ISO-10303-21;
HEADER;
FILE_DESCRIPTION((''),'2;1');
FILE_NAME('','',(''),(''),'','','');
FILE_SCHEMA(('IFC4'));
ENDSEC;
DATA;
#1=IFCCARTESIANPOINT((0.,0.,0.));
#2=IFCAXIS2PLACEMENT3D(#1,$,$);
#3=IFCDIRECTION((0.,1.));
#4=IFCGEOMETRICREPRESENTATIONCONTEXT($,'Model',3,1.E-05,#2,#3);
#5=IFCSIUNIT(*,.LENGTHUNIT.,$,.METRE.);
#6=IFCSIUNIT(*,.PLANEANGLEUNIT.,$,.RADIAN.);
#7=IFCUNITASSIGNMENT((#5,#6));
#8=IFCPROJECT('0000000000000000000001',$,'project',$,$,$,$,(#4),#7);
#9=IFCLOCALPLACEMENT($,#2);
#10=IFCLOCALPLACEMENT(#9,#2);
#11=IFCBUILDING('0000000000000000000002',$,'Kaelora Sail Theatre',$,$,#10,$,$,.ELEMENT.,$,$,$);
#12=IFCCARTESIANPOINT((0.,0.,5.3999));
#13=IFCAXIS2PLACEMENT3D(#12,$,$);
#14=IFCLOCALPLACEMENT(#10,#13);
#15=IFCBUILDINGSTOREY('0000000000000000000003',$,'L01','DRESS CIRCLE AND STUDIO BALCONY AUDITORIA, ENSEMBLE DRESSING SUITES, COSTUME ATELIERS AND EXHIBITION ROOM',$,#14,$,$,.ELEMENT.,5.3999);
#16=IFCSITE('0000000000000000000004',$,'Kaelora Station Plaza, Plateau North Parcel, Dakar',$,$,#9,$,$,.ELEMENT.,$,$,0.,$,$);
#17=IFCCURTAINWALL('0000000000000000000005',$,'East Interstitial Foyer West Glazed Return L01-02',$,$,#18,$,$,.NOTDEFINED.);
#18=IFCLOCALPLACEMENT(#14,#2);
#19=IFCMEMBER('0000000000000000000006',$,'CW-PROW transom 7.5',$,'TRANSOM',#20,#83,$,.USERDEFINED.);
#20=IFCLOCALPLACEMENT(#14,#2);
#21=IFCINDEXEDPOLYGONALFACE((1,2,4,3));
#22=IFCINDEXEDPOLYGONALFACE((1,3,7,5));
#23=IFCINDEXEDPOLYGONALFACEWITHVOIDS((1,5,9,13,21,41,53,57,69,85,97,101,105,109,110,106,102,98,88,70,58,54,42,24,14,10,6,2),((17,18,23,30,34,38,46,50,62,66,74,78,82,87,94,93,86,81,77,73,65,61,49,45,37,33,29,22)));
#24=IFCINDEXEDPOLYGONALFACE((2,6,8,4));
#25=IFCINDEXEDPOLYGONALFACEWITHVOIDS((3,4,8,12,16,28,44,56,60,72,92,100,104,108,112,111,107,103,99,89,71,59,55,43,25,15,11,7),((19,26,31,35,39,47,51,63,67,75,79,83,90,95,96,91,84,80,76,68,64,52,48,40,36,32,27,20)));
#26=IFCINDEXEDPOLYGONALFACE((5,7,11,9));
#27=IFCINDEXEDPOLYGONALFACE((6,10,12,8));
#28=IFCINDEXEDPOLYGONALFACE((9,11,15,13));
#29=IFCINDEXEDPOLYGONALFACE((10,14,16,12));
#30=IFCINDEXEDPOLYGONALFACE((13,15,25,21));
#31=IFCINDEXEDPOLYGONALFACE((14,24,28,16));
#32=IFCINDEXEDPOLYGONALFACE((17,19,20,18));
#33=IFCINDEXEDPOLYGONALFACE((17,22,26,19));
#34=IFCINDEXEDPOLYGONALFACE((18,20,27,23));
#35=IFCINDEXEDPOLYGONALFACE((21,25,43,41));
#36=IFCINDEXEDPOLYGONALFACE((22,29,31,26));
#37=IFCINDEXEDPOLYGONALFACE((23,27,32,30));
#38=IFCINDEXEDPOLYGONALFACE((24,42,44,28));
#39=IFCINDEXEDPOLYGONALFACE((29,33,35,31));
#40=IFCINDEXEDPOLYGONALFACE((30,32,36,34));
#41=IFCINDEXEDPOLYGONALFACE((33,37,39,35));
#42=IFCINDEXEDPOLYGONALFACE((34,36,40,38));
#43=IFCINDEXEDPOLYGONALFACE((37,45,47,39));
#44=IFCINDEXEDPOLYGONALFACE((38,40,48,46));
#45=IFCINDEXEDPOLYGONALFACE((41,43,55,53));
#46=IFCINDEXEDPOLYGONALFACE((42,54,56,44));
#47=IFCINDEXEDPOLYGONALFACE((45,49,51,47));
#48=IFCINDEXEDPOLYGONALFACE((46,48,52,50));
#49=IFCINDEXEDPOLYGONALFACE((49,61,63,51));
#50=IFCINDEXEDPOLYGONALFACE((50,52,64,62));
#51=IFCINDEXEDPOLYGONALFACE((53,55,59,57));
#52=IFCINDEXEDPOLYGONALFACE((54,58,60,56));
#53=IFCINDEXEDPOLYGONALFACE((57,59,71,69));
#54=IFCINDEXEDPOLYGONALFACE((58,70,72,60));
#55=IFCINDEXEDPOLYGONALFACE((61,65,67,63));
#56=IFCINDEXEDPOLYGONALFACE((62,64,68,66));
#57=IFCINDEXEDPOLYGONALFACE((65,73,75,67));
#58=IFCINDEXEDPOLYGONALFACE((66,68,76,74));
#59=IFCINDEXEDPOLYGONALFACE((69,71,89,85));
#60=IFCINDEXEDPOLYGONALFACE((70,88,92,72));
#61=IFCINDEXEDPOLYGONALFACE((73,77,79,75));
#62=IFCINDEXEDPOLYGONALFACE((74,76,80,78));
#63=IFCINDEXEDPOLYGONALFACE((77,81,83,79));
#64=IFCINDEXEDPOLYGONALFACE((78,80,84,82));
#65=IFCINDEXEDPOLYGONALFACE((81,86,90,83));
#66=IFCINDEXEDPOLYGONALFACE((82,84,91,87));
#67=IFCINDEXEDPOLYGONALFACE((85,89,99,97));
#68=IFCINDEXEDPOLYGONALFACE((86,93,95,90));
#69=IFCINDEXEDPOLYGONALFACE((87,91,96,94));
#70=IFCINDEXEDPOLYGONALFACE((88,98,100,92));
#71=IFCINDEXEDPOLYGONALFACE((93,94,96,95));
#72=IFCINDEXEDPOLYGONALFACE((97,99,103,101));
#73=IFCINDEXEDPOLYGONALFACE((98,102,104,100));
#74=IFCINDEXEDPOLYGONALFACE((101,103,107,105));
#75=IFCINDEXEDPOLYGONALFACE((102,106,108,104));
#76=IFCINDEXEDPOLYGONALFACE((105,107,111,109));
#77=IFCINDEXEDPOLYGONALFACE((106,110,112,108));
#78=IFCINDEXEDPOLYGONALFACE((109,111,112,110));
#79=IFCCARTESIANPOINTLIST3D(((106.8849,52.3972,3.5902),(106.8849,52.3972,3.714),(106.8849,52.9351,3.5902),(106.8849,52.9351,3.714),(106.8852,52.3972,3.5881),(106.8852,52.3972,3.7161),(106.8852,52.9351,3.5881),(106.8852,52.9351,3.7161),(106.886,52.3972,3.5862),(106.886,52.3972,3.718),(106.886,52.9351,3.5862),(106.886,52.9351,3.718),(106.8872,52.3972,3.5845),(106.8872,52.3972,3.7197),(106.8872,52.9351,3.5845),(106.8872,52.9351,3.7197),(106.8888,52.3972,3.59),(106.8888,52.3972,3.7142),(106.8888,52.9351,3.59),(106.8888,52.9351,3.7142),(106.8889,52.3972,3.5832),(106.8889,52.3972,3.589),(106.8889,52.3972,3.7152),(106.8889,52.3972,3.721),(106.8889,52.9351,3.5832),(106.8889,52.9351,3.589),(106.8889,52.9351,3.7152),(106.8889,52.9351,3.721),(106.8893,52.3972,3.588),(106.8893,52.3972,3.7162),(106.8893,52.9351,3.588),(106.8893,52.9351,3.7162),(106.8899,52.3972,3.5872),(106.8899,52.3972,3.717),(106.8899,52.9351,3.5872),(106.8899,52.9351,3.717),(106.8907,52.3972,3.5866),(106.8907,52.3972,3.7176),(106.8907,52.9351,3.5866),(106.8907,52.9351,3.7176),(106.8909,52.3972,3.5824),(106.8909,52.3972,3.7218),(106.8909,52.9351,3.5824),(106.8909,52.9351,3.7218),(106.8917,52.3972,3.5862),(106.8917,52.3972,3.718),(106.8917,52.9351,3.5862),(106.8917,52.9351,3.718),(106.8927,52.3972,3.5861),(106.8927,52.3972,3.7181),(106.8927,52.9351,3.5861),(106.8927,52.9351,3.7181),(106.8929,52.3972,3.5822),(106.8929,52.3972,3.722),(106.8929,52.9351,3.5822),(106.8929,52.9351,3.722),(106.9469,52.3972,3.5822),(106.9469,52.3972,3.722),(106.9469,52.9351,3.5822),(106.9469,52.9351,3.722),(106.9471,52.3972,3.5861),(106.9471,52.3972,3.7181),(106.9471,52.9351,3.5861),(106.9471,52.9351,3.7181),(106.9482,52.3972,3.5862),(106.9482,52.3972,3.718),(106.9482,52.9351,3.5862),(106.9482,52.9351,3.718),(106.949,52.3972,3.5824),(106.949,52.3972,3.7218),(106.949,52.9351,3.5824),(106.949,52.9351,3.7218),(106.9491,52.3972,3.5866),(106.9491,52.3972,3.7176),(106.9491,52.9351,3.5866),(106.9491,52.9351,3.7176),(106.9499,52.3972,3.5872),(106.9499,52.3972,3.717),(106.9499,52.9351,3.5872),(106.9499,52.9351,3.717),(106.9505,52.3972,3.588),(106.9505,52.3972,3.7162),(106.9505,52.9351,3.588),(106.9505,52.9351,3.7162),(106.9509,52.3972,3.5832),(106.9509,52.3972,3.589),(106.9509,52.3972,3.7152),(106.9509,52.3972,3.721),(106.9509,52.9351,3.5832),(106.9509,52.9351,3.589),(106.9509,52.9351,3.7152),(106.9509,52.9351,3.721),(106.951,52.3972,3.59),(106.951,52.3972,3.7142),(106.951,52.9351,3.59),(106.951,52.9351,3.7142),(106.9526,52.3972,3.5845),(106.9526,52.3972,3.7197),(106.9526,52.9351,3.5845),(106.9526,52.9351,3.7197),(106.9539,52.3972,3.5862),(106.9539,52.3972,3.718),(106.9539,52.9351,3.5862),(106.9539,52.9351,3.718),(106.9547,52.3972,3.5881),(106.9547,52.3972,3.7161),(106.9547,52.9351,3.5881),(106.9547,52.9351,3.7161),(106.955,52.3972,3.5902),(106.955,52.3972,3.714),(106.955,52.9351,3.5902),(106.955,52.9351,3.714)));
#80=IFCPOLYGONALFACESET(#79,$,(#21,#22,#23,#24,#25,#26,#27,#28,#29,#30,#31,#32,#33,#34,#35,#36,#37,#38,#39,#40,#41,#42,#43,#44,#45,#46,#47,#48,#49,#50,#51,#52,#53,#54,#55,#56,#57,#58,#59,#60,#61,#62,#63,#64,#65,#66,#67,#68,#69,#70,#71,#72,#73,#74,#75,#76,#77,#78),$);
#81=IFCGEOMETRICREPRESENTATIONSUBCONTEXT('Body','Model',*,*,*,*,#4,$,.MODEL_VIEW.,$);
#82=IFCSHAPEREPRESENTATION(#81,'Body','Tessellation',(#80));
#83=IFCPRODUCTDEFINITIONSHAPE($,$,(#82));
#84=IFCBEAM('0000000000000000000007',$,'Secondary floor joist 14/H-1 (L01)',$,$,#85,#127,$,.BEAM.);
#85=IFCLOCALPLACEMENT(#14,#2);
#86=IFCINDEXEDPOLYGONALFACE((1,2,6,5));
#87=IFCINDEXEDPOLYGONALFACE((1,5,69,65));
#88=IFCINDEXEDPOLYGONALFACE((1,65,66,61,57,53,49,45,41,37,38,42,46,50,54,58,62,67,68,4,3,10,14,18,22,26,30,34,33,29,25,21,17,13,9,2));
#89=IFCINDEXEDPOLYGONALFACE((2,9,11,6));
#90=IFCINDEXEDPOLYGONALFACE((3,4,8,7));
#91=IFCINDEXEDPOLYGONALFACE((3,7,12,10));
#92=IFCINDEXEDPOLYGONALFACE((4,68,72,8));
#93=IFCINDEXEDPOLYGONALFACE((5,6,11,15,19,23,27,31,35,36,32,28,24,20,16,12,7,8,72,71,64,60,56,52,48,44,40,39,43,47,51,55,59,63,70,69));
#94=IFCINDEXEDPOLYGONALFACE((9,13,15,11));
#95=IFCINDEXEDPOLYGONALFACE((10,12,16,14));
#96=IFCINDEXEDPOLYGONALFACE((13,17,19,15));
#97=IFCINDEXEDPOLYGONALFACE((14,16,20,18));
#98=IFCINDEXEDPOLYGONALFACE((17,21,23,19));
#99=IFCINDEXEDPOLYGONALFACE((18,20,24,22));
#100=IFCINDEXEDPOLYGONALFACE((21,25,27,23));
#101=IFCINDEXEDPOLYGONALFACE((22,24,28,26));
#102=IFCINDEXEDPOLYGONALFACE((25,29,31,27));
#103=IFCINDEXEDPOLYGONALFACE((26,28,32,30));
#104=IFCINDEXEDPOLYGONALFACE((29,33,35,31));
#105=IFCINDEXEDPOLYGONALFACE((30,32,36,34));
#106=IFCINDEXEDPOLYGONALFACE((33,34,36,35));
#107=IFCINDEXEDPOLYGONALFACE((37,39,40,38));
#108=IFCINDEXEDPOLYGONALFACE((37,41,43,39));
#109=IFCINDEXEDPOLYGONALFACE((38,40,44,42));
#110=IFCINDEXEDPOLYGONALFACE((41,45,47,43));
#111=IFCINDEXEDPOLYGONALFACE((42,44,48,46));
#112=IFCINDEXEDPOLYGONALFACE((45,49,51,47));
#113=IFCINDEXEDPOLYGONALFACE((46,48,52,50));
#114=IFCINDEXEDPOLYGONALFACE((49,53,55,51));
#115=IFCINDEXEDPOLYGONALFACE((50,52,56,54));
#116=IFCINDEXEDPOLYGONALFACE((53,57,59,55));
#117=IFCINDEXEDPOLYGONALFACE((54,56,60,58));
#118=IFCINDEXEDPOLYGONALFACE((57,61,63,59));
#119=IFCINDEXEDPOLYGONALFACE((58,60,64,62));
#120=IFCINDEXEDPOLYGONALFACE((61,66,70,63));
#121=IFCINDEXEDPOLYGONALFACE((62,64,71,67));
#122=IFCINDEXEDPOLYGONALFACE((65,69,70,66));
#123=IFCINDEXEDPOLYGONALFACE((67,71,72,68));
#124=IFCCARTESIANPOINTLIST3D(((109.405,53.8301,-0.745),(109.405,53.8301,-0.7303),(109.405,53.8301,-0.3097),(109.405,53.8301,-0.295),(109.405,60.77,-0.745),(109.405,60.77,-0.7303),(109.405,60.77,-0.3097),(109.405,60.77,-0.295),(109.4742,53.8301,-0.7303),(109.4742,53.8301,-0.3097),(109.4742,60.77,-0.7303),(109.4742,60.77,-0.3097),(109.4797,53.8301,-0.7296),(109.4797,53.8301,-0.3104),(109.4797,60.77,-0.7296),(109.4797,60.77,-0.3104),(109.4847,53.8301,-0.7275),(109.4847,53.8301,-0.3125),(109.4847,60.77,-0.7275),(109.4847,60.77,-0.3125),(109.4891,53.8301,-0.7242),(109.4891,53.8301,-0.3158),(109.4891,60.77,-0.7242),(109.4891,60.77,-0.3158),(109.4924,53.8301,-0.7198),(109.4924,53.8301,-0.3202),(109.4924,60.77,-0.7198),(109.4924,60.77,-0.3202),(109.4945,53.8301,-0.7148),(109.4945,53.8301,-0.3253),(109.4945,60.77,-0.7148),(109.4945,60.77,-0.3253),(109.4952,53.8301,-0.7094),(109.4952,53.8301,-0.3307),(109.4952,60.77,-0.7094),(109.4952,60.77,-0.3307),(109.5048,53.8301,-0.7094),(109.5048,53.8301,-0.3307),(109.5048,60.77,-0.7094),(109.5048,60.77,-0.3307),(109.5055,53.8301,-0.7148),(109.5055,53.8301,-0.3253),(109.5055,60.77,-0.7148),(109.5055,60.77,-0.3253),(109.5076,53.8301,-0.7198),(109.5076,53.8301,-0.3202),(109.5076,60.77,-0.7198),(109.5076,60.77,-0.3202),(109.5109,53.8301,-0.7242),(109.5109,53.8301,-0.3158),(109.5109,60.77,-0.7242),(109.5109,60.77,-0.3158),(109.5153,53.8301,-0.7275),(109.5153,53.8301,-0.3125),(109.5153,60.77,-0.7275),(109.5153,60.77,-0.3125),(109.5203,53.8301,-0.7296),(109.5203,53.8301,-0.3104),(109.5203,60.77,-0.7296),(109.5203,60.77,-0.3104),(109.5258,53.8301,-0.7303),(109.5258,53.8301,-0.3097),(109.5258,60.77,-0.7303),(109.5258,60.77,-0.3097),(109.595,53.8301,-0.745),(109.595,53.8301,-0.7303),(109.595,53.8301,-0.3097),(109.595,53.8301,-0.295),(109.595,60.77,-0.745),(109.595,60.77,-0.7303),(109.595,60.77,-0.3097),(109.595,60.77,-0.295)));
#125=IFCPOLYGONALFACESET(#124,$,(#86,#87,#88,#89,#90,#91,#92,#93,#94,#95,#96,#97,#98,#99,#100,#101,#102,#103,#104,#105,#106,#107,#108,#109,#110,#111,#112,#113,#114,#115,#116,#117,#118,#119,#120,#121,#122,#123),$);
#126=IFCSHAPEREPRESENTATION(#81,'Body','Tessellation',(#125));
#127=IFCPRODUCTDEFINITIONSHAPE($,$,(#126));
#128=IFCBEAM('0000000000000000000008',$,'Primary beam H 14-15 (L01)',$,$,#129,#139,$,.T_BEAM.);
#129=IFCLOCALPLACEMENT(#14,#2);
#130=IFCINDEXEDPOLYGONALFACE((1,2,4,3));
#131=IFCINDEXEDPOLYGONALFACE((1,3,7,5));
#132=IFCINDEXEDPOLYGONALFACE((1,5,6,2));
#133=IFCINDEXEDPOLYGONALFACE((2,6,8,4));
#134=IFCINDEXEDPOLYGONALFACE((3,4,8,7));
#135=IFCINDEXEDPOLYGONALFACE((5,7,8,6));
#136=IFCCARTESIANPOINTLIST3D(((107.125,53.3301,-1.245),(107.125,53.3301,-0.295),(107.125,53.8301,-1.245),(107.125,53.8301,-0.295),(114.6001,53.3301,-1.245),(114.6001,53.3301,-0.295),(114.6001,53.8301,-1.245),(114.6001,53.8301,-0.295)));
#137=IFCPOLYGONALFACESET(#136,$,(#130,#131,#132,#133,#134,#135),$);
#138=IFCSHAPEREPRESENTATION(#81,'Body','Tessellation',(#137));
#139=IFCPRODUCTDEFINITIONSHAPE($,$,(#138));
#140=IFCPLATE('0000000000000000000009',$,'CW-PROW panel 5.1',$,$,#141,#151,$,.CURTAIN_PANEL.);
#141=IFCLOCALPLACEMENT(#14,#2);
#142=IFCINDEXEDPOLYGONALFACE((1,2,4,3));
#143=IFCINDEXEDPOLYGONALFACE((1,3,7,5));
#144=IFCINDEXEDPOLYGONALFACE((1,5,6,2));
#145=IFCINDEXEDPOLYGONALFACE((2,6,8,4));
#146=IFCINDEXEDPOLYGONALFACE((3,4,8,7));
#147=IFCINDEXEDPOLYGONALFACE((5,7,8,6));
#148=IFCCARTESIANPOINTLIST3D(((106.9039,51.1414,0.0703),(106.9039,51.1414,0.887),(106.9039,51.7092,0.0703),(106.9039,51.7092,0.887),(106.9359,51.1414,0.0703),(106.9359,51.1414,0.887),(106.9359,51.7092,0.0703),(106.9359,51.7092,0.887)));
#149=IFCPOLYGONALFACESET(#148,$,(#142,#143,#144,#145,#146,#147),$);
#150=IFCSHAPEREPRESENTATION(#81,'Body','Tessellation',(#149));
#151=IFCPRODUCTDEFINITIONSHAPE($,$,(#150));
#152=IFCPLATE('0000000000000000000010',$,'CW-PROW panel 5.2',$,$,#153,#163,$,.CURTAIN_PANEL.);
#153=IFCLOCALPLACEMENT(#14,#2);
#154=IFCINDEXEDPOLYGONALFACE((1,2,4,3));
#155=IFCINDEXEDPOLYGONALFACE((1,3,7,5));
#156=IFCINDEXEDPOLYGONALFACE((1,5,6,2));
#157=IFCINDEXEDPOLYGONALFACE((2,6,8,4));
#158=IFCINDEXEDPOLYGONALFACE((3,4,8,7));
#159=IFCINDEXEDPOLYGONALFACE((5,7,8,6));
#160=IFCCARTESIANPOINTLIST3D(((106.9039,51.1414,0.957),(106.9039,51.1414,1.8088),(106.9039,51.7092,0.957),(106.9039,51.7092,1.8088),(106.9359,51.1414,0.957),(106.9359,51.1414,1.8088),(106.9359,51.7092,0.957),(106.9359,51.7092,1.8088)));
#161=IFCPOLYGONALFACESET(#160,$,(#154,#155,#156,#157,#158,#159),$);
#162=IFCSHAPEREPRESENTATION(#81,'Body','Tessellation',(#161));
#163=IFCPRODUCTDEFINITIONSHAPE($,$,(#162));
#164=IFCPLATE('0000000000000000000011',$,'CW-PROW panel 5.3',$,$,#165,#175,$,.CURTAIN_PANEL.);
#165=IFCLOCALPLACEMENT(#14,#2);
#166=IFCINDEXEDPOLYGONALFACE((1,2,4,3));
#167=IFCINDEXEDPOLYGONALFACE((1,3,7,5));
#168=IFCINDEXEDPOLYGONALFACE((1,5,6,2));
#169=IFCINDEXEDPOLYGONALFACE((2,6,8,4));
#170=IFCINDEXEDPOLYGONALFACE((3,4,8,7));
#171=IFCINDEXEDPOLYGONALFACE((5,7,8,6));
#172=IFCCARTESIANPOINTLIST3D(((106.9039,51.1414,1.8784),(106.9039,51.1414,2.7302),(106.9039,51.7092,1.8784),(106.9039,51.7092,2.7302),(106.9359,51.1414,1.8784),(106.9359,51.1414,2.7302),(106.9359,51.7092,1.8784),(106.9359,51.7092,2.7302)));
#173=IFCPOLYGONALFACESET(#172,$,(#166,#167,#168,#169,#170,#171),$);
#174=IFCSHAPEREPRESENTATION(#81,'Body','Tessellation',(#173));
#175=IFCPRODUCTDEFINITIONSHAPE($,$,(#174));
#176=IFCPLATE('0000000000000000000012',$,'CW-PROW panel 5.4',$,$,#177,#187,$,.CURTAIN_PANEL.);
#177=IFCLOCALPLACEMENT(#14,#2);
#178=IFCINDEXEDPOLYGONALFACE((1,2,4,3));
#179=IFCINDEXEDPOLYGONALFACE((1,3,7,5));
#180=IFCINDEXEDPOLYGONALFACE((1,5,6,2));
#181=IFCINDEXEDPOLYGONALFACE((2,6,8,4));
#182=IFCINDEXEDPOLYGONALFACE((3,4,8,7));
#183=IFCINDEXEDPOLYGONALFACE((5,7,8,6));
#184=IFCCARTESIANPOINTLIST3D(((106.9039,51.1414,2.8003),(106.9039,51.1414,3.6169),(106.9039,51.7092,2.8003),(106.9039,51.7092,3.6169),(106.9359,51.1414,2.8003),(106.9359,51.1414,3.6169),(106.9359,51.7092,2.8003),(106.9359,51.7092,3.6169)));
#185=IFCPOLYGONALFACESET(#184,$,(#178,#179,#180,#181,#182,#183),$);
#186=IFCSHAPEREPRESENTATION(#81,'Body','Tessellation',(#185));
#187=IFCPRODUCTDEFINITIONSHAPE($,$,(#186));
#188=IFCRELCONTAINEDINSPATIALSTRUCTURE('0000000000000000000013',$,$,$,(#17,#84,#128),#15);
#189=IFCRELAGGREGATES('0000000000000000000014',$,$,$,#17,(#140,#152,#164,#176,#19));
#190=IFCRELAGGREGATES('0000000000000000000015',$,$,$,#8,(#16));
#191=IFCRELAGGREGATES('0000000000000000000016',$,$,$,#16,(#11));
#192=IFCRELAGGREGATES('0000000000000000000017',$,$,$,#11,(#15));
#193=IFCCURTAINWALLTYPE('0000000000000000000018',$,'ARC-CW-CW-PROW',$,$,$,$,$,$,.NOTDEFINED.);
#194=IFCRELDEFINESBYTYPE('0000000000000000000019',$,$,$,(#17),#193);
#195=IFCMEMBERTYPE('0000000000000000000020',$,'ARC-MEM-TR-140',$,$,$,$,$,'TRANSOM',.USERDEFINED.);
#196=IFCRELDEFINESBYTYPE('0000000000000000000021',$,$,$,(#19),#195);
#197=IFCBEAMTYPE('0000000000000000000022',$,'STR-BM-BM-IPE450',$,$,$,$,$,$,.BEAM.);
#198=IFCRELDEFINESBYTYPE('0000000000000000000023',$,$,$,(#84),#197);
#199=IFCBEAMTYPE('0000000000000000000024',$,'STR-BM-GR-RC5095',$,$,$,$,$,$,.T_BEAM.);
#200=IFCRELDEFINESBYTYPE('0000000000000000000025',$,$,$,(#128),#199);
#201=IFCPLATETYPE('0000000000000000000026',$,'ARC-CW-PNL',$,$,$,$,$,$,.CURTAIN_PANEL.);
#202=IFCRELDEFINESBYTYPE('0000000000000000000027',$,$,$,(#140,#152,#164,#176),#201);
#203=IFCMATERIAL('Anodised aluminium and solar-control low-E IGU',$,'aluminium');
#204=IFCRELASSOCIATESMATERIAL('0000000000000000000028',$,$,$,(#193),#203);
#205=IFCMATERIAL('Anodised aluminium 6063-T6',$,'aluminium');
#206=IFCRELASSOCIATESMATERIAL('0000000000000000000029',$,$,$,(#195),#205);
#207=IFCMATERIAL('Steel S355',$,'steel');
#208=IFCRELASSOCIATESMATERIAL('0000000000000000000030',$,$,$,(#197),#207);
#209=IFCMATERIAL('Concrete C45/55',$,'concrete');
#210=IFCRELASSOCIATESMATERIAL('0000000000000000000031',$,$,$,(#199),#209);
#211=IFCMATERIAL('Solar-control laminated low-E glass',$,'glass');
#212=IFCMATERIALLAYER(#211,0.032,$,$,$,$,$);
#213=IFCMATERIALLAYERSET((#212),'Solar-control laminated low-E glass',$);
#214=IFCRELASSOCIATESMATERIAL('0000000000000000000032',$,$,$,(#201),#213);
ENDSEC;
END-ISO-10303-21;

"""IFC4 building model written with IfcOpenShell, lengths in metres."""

from ifc_helpers import new_model, si_unit, direction, frame, origin, origin_2d, place, context, subcontext, project, spatial, rectangle, hollow_rectangle, i_section, extrude, material, layer, layer_set, material_profile, profile_set, type_object, element, aggregate, save


model = new_model("IFC4")

# Units and contexts
model_context = context("Model", 3, precision=1e-05, world=origin(), true_north=direction((0.0, 1.0)))
body_context = subcontext(model_context, "Body", "Model", "MODEL_VIEW")
ifc_project = project(units=[si_unit("LENGTHUNIT", "METRE"), si_unit("PLANEANGLEUNIT", "RADIAN")], contexts=[model_context])

# Site, building, storey
site_placement = place(None, origin())
site = spatial("IfcSite", under=ifc_project, at=site_placement, Name="Kaelora Station Plaza, Plateau North Parcel, Dakar", CompositionType="ELEMENT", RefElevation=0.0)
building_placement = place(site_placement, origin())
building = spatial("IfcBuilding", under=site, at=building_placement, Name="Kaelora Sail Theatre", CompositionType="ELEMENT")
storey_placement = place(building_placement, frame((0.0, 0.0, 5.3999)))
storey = spatial("IfcBuildingStorey", under=building, at=storey_placement, Name="L01", Description="DRESS CIRCLE AND STUDIO BALCONY AUDITORIA, ENSEMBLE DRESSING SUITES, COSTUME ATELIERS AND EXHIBITION ROOM", CompositionType="ELEMENT", Elevation=5.3999)

# Curtain wall, member
ifc_material_1 = material(Name="Anodised aluminium and solar-control low-E IGU", Category="aluminium")
curtain_wall_type = type_object("IfcCurtainWallType", Name="ARC-CW-CW-PROW", PredefinedType="NOTDEFINED", material=ifc_material_1)
curtain_wall_placement = place(storey_placement, origin())
curtain_wall = element("IfcCurtainWall", 1, at=curtain_wall_placement, inside=storey, type_object=curtain_wall_type, Name="East Interstitial Foyer West Glazed Return L01-02", PredefinedType="NOTDEFINED")
ifc_material_2 = material(Name="Anodised aluminium 6063-T6", Category="aluminium")
ifc_material_profile_1 = material_profile(ifc_material_2, hollow_rectangle(XDim=0.0701, YDim=0.1399, WallThickness=0.0039, InnerFilletRadius=0.0039, OuterFilletRadius=0.0081, at=origin_2d()), Name="ALU-TRAN 70x140x4")
ifc_profile_set_1 = profile_set([ifc_material_profile_1], Name="Anodised aluminium 6063-T6")
member_type_1 = type_object("IfcMemberType", Name="ARC-MEM-TR-140", ElementType="TRANSOM", PredefinedType="USERDEFINED", material=ifc_profile_set_1)
member_1_placement = place(storey_placement, frame((106.9199, 52.3972, 3.6521), z_axis=(0.0, 1.0, 0.0), x_axis=(-1.0, 0.0, 0.0)))
member_1 = element("IfcMember", 2, at=member_1_placement, type_object=member_type_1, Name="CW-PROW transom 7.5", ObjectType="TRANSOM", PredefinedType="USERDEFINED", context=body_context, shape_type="SweptSolid", body=[
    extrude(hollow_rectangle(XDim=0.0701, YDim=0.1399, WallThickness=0.0039, InnerFilletRadius=0.0039, OuterFilletRadius=0.0081, at=origin_2d()), origin(), (0.0, 0.0, 1.0), 0.5378),
])

# Beams
ifc_material_3 = material(Name="Steel S355", Category="steel")
ifc_material_profile_2 = material_profile(ifc_material_3, i_section(OverallWidth=0.1899, OverallDepth=0.45, WebThickness=0.0095, FlangeThickness=0.0146, FilletRadius=0.021, at=origin_2d()), Name="IPE 450")
ifc_profile_set_2 = profile_set([ifc_material_profile_2], Name="Steel S355")
beam_type_1 = type_object("IfcBeamType", Name="STR-BM-BM-IPE450", PredefinedType="BEAM", material=ifc_profile_set_2)
beam_1_placement = place(storey_placement, frame((109.5, 53.8301, -0.52), z_axis=(0.0, 1.0, 0.0), x_axis=(-1.0, 0.0, 0.0)))
element("IfcBeam", 3, at=beam_1_placement, inside=storey, type_object=beam_type_1, Name="Secondary floor joist 14/H-1 (L01)", PredefinedType="BEAM", context=body_context, shape_type="SweptSolid", body=[
    extrude(i_section(OverallWidth=0.1899, OverallDepth=0.45, WebThickness=0.0095, FlangeThickness=0.0146, FilletRadius=0.021, at=origin_2d()), origin(), (0.0, 0.0, 1.0), 6.9399),
])
ifc_material_4 = material(Name="Concrete C45/55", Category="concrete")
ifc_material_profile_3 = material_profile(ifc_material_4, rectangle(XDim=0.5, YDim=0.95, at=origin_2d()), Name="RC-GRD 500x950")
ifc_profile_set_3 = profile_set([ifc_material_profile_3], Name="Concrete C45/55")
beam_type_2 = type_object("IfcBeamType", Name="STR-BM-GR-RC5095", PredefinedType="T_BEAM", material=ifc_profile_set_3)
beam_2_placement = place(storey_placement, frame((107.125, 53.5801, -0.77), z_axis=(1.0, 0.0, 0.0), x_axis=(0.0, 1.0, 0.0)))
element("IfcBeam", 4, at=beam_2_placement, inside=storey, type_object=beam_type_2, Name="Primary beam H 14-15 (L01)", PredefinedType="T_BEAM", context=body_context, shape_type="SweptSolid", body=[
    extrude(rectangle(XDim=0.5, YDim=0.95, at=origin_2d()), origin(), (0.0, 0.0, 1.0), 7.4751),
])

# Plates
ifc_material_5 = material(Name="Solar-control laminated low-E glass", Category="glass")
ifc_layer = layer(ifc_material_5, 0.032)
ifc_layer_set = layer_set([ifc_layer], Name="Solar-control laminated low-E glass")
plate_type = type_object("IfcPlateType", Name="ARC-CW-PNL", PredefinedType="CURTAIN_PANEL", material=ifc_layer_set)
plate_1_placement = place(storey_placement, frame((106.9199, 51.4253, 0.0703), z_axis=(0.0, 0.0, 1.0), x_axis=(0.0, 1.0, 0.0)))
plate_1 = element("IfcPlate", 5, at=plate_1_placement, type_object=plate_type, Name="CW-PROW panel 5.1", PredefinedType="CURTAIN_PANEL", context=body_context, shape_type="SweptSolid", body=[
    extrude(rectangle(XDim=0.5679, YDim=0.032, at=origin_2d()), origin(), (0.0, 0.0, 1.0), 0.8167),
])
plate_2_placement = place(storey_placement, frame((106.9199, 51.4253, 0.957), z_axis=(0.0, 0.0, 1.0), x_axis=(0.0, 1.0, 0.0)))
plate_2 = element("IfcPlate", 6, at=plate_2_placement, type_object=plate_type, Name="CW-PROW panel 5.2", PredefinedType="CURTAIN_PANEL", context=body_context, shape_type="SweptSolid", body=[
    extrude(rectangle(XDim=0.5679, YDim=0.032, at=origin_2d()), origin(), (0.0, 0.0, 1.0), 0.8518),
])
plate_3_placement = place(storey_placement, frame((106.9199, 51.4253, 1.8784), z_axis=(0.0, 0.0, 1.0), x_axis=(0.0, 1.0, 0.0)))
plate_3 = element("IfcPlate", 7, at=plate_3_placement, type_object=plate_type, Name="CW-PROW panel 5.3", PredefinedType="CURTAIN_PANEL", context=body_context, shape_type="SweptSolid", body=[
    extrude(rectangle(XDim=0.5679, YDim=0.032, at=origin_2d()), origin(), (0.0, 0.0, 1.0), 0.8518),
])
plate_4_placement = place(storey_placement, frame((106.9199, 51.4253, 2.8003), z_axis=(0.0, 0.0, 1.0), x_axis=(0.0, 1.0, 0.0)))
plate_4 = element("IfcPlate", 8, at=plate_4_placement, type_object=plate_type, Name="CW-PROW panel 5.4", PredefinedType="CURTAIN_PANEL", context=body_context, shape_type="SweptSolid", body=[
    extrude(rectangle(XDim=0.5679, YDim=0.032, at=origin_2d()), origin(), (0.0, 0.0, 1.0), 0.8167),
])
aggregate(curtain_wall, [plate_1, plate_2, plate_3, plate_4, member_1])

save(model, "model.ifc")
